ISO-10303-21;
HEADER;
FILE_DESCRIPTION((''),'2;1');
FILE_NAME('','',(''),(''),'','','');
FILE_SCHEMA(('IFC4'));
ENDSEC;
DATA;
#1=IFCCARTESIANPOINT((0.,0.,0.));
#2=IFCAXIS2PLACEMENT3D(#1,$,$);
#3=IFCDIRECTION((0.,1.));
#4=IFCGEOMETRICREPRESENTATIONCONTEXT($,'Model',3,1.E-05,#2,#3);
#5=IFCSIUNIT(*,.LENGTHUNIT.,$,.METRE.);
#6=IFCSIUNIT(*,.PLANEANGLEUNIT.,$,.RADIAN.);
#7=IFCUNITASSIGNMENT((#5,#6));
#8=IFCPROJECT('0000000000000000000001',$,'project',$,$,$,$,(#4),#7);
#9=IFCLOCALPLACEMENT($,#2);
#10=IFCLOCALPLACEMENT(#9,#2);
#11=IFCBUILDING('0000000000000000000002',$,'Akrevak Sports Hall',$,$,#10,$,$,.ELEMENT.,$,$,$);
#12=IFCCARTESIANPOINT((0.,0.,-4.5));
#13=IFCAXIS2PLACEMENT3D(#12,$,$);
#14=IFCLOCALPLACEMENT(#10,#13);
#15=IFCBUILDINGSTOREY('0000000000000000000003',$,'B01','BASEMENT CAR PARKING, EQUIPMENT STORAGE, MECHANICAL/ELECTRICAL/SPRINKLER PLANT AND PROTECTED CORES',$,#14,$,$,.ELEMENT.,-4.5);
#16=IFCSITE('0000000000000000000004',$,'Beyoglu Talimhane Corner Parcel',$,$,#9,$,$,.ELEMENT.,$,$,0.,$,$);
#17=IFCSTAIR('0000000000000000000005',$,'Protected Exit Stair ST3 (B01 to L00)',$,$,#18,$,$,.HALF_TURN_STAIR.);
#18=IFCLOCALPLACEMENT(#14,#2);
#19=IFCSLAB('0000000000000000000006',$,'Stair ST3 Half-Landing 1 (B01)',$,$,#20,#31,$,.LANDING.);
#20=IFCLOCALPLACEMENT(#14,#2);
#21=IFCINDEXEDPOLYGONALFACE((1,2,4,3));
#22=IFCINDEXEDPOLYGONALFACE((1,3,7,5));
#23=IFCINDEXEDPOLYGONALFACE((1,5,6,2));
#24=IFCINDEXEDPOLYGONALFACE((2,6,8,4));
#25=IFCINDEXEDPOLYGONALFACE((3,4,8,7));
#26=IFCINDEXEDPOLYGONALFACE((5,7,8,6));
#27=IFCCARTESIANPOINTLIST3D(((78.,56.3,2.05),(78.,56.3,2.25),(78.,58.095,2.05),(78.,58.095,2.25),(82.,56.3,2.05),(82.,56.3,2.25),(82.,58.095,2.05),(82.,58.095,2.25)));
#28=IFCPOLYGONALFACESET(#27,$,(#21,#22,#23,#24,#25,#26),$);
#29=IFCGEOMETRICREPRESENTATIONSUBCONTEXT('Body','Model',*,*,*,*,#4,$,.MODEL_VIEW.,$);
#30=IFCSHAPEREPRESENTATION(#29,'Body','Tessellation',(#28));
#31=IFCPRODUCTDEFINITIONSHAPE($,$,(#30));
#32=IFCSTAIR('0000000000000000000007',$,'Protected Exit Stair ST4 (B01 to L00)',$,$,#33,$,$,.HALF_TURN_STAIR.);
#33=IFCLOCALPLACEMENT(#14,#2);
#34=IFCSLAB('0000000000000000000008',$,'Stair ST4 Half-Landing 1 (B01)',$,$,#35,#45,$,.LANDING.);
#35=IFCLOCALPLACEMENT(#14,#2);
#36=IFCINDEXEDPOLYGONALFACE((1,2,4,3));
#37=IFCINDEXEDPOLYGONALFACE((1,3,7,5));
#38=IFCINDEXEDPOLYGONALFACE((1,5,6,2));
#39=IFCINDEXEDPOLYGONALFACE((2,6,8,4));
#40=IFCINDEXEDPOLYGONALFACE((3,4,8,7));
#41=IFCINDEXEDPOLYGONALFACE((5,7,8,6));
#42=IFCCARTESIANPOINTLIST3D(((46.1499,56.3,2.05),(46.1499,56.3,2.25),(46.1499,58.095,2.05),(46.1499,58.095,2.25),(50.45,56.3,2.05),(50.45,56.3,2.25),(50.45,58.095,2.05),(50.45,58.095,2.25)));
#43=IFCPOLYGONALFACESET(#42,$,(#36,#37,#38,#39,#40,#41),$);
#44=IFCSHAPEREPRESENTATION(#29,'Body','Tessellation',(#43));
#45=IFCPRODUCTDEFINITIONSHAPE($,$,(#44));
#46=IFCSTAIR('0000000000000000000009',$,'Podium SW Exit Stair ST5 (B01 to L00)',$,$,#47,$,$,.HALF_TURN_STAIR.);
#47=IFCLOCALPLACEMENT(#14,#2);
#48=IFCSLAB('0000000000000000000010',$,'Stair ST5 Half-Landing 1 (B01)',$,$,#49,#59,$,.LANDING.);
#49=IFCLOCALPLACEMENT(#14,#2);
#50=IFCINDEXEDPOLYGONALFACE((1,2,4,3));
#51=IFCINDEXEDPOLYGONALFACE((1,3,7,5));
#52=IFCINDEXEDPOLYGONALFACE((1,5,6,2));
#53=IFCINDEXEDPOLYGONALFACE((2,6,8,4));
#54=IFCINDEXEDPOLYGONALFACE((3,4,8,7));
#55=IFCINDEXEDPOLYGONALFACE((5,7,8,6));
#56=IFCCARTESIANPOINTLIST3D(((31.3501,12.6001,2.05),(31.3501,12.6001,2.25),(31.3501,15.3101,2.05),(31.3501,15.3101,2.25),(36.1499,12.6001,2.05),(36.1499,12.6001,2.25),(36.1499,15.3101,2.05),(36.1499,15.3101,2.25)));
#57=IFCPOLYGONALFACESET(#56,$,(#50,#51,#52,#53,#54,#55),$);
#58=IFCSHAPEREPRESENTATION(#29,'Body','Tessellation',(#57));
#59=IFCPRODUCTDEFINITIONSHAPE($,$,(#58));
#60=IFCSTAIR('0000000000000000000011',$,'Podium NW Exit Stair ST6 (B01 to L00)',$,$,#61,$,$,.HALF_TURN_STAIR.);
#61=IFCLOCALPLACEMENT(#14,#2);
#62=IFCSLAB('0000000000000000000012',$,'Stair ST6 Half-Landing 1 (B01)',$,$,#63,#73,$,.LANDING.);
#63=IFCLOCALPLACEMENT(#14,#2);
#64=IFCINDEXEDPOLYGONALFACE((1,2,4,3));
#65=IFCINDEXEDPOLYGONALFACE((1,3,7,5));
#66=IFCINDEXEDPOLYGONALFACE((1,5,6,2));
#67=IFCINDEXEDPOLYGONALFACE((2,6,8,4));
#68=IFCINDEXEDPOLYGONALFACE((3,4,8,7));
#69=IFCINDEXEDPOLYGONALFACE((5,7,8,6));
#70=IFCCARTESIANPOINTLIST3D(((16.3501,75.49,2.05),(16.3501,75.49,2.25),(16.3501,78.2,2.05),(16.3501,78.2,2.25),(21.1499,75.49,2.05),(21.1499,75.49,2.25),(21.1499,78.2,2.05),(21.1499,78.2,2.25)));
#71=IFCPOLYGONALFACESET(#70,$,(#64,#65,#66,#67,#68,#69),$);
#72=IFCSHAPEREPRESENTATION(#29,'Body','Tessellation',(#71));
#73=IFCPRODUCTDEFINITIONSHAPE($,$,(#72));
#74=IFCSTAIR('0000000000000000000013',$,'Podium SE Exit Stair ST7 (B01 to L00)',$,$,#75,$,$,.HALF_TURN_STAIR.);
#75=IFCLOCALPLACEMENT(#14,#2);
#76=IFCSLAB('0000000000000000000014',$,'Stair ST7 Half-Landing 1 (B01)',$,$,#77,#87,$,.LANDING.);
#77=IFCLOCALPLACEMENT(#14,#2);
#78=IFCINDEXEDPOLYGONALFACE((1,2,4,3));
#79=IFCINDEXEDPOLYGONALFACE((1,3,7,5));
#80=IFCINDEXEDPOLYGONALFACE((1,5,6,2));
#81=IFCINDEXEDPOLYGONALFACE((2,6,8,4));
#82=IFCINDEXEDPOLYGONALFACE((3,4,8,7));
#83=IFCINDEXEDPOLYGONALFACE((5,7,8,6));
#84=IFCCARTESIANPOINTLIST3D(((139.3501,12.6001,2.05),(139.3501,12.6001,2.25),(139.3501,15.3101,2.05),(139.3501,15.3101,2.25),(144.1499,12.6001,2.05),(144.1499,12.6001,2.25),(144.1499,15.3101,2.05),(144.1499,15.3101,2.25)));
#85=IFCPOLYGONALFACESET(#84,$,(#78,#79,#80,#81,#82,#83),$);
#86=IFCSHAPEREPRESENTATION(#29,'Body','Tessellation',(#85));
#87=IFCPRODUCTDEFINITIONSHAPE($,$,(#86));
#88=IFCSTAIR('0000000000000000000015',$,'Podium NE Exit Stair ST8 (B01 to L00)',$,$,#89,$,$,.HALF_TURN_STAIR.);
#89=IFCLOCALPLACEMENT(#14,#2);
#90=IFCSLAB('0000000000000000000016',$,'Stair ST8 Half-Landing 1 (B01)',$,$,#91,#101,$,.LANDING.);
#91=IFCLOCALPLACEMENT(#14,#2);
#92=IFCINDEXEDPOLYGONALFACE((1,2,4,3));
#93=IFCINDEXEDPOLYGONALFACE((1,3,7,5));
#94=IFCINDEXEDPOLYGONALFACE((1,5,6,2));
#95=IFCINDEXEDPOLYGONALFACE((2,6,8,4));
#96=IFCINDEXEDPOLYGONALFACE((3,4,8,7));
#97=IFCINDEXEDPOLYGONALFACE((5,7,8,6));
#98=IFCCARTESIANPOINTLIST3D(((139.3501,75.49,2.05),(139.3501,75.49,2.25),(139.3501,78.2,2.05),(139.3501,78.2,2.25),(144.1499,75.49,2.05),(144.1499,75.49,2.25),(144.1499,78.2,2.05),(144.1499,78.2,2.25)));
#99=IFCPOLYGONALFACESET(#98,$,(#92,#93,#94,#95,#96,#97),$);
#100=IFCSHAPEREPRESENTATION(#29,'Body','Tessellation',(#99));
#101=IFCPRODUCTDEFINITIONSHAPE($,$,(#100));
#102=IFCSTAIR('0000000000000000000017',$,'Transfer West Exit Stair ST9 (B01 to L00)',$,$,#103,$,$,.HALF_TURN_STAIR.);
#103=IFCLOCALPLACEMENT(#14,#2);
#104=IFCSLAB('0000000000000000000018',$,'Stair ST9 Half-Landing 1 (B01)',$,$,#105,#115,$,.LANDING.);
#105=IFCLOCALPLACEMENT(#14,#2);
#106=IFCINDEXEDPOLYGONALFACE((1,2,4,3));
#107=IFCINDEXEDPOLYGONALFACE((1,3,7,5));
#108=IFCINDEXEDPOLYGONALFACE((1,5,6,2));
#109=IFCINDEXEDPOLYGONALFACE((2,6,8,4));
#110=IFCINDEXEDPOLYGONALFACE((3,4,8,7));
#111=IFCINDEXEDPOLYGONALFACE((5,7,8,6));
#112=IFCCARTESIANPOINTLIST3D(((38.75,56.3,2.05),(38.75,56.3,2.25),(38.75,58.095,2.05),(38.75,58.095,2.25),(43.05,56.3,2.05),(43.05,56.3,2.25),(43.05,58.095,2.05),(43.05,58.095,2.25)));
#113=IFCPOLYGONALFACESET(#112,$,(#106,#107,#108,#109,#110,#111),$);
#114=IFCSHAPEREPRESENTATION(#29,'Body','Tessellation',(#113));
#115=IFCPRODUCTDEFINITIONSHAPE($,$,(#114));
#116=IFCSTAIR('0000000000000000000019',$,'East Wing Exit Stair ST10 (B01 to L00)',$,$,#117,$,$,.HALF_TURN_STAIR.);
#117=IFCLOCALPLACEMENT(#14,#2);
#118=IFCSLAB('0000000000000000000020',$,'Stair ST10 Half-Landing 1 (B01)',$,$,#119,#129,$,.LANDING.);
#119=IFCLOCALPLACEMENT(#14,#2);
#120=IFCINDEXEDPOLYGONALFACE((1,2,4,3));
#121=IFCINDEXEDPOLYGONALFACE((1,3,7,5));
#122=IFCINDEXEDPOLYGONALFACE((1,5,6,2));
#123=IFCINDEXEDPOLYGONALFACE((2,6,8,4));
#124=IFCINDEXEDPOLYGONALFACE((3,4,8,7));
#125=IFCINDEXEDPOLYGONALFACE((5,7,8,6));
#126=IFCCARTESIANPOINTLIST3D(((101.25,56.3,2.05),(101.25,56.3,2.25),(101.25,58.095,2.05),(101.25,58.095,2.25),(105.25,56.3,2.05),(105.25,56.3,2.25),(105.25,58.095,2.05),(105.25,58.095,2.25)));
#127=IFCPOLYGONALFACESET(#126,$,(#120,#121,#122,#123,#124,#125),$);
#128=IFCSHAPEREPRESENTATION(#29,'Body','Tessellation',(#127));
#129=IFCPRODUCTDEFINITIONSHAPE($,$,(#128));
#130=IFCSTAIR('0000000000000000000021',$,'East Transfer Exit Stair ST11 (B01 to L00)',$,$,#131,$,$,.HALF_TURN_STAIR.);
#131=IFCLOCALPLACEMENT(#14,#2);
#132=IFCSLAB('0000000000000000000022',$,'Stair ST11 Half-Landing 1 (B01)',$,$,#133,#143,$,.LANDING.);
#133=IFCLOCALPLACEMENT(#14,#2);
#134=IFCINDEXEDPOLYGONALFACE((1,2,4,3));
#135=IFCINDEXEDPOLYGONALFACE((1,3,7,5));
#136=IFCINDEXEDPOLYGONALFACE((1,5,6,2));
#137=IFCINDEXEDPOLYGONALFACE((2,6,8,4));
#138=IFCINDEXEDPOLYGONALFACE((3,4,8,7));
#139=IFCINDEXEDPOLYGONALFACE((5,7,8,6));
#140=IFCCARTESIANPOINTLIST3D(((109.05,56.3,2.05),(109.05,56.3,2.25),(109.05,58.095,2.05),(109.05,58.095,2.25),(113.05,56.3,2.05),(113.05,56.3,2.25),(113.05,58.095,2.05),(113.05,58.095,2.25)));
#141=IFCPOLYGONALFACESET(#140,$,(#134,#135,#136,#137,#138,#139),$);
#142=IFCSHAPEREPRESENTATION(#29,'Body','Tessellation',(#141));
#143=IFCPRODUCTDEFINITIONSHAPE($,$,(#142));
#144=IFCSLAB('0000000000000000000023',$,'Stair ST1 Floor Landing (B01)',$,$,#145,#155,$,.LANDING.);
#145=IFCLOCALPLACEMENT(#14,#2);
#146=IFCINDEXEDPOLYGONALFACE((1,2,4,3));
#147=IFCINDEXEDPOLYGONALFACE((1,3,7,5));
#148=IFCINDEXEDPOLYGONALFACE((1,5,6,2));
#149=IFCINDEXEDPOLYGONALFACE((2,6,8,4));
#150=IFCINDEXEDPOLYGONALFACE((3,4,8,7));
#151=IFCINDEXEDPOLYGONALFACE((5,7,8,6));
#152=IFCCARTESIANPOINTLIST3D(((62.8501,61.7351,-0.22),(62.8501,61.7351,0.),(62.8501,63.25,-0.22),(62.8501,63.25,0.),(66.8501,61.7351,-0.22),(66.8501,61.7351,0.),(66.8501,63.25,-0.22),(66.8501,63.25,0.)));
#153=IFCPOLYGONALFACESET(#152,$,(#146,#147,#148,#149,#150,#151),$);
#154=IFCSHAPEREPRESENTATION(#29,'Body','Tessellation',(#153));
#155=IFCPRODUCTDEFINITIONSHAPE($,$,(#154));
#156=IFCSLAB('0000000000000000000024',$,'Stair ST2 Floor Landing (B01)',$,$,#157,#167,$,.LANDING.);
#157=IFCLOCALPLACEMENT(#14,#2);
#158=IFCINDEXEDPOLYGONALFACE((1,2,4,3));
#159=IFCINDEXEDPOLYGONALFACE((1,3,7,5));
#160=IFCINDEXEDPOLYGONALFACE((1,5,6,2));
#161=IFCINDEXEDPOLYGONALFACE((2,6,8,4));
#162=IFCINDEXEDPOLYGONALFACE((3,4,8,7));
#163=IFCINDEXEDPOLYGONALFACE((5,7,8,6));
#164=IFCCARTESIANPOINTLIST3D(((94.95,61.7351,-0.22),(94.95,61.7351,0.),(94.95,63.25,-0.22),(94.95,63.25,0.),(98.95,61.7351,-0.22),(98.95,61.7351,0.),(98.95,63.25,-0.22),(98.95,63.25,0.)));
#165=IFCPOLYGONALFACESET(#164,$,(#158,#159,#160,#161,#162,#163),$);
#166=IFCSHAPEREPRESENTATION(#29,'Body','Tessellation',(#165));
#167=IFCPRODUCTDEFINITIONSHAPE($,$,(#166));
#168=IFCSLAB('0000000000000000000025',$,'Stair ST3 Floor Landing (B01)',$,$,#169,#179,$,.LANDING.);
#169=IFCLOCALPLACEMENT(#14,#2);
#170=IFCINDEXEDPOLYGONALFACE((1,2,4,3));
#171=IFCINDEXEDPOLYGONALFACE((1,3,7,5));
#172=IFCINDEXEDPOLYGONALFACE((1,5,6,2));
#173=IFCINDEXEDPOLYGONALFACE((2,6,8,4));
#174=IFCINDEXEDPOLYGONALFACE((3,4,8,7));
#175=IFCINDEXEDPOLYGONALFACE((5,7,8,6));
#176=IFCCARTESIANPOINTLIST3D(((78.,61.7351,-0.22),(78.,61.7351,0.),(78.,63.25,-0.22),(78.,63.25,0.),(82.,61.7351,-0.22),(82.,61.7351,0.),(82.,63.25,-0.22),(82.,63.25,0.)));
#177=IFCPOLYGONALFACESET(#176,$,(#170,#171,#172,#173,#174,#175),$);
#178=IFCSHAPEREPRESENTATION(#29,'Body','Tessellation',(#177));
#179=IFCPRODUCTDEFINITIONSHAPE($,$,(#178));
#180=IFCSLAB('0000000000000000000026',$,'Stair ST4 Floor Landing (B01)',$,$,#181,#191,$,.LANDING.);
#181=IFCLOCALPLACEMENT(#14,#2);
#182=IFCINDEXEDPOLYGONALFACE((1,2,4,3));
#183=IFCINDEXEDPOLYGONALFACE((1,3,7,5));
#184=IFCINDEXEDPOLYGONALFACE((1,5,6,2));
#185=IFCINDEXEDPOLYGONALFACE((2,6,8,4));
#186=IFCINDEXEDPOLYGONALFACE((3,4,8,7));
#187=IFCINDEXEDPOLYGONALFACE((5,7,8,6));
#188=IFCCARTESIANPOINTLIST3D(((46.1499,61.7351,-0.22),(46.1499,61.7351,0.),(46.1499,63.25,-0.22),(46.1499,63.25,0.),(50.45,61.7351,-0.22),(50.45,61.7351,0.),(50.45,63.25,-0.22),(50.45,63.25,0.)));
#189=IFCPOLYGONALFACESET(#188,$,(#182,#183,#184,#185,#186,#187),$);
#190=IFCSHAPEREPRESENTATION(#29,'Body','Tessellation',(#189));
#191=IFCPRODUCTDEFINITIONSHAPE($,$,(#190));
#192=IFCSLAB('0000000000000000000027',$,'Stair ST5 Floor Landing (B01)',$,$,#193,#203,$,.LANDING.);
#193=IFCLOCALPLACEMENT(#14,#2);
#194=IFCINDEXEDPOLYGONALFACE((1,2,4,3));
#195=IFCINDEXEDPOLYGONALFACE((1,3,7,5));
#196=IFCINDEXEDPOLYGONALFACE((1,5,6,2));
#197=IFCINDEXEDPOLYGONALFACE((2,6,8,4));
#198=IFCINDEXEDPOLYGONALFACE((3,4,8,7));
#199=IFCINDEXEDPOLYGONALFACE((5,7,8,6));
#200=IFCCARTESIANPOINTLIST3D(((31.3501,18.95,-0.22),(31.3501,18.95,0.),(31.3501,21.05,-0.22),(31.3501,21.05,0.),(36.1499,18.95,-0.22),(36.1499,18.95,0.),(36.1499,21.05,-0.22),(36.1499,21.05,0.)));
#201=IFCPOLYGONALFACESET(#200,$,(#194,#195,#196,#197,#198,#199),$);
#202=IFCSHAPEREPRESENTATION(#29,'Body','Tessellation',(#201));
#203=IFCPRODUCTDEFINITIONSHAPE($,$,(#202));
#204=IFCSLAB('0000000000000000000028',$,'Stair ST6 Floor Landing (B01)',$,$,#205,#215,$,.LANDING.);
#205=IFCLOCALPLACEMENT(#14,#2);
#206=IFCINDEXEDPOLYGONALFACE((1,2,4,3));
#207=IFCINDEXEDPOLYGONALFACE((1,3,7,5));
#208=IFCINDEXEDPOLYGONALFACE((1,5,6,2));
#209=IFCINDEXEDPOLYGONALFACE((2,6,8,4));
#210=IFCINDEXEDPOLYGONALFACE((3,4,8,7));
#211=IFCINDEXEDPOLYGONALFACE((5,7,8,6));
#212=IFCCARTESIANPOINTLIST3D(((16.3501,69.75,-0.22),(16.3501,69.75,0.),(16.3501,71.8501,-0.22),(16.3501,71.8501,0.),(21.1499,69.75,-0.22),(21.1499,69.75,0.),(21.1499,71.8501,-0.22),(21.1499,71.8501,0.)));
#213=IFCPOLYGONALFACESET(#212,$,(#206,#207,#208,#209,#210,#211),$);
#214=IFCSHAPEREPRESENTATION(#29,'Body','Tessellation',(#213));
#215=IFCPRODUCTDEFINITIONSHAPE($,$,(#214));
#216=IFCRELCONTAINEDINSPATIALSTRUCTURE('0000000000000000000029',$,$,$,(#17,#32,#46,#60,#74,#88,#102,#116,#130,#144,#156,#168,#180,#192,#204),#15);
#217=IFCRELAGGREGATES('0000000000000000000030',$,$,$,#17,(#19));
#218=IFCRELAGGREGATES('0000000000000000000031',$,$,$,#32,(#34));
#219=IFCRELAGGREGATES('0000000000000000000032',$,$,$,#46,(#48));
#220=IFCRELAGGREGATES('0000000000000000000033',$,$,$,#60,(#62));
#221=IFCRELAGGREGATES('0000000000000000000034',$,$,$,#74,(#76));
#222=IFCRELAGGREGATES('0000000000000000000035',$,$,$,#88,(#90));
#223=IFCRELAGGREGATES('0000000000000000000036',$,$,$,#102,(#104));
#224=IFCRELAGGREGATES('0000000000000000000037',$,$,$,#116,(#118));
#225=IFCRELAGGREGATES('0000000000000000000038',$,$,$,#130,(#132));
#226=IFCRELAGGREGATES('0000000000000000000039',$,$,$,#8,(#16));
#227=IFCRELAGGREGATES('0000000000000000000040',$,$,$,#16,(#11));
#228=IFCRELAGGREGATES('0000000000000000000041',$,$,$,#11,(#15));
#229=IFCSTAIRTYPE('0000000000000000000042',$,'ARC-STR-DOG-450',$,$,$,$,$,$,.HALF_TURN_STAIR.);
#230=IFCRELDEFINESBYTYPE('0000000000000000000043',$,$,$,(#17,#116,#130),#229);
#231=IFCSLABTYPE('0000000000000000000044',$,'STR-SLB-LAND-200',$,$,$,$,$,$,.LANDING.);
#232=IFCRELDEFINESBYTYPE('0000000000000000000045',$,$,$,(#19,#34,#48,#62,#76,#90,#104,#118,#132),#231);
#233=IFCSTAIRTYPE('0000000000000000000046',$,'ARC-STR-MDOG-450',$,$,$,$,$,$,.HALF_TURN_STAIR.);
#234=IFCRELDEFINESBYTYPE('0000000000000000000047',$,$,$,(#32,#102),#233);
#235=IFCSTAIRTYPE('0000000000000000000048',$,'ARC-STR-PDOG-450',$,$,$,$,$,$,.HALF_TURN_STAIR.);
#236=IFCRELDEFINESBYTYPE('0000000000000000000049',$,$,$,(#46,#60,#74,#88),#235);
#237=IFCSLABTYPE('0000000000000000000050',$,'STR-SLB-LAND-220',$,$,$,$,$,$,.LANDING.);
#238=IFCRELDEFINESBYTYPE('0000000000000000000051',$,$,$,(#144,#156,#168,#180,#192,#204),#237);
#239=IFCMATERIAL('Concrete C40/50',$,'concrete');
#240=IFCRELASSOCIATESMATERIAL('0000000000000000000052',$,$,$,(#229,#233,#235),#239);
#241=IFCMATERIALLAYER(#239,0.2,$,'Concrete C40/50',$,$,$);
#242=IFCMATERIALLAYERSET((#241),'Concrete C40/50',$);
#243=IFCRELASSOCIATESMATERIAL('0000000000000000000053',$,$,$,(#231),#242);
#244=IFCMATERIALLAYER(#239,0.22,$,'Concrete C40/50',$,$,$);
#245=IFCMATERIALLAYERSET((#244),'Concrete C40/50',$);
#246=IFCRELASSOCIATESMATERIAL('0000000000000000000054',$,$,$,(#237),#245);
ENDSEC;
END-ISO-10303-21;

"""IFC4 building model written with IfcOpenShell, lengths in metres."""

from ifc_helpers import new_model, si_unit, direction, frame, origin, place, context, subcontext, project, spatial, polyline, outline, extrude, material, layer, layer_set, type_object, element, aggregate, save


model = new_model("IFC4")

# Units and contexts
model_context = context("Model", 3, precision=1e-05, world=origin(), true_north=direction((0.0, 1.0)))
body_context = subcontext(model_context, "Body", "Model", "MODEL_VIEW")
ifc_project = project(units=[si_unit("LENGTHUNIT", "METRE"), si_unit("PLANEANGLEUNIT", "RADIAN")], contexts=[model_context])

# Site, building, storey
site_placement = place(None, origin())
site = spatial("IfcSite", under=ifc_project, at=site_placement, Name="Beyoglu Talimhane Corner Parcel", CompositionType="ELEMENT", RefElevation=0.0)
building_placement = place(site_placement, origin())
building = spatial("IfcBuilding", under=site, at=building_placement, Name="Akrevak Sports Hall", CompositionType="ELEMENT")
storey_placement = place(building_placement, frame((0.0, 0.0, -4.5)))
storey = spatial("IfcBuildingStorey", under=building, at=storey_placement, Name="B01", Description="BASEMENT CAR PARKING, EQUIPMENT STORAGE, MECHANICAL/ELECTRICAL/SPRINKLER PLANT AND PROTECTED CORES", CompositionType="ELEMENT", Elevation=-4.5)

# Shared definitions
ifc_material = material(Name="Concrete C40/50", Category="concrete")

# Stairs, slabs
stair_type_1 = type_object("IfcStairType", Name="ARC-STR-DOG-450", PredefinedType="HALF_TURN_STAIR", material=ifc_material)
ifc_layer_1 = layer(ifc_material, 0.2, Name="Concrete C40/50")
ifc_layer_set_1 = layer_set([ifc_layer_1], Name="Concrete C40/50")
slab_type_1 = type_object("IfcSlabType", Name="STR-SLB-LAND-200", PredefinedType="LANDING", material=ifc_layer_set_1)
stair_1_placement = place(storey_placement, origin())
stair_1 = element("IfcStair", 1, at=stair_1_placement, inside=storey, type_object=stair_type_1, Name="Protected Exit Stair ST3 (B01 to L00)", PredefinedType="HALF_TURN_STAIR")
slab_1_placement = place(storey_placement, frame((0.0, 0.0, 2.05)))
slab_1 = element("IfcSlab", 2, at=slab_1_placement, type_object=slab_type_1, Name="Stair ST3 Half-Landing 1 (B01)", PredefinedType="LANDING", context=body_context, shape_type="SweptSolid", body=[
    extrude(outline(polyline([(78.0, 56.3), (82.0, 56.3), (82.0, 58.095), (78.0, 58.095), (78.0, 56.3)])), origin(), (0.0, 0.0, 1.0), 0.2),
])
aggregate(stair_1, [slab_1])
stair_type_2 = type_object("IfcStairType", Name="ARC-STR-MDOG-450", PredefinedType="HALF_TURN_STAIR", material=ifc_material)
stair_2_placement = place(storey_placement, origin())
stair_2 = element("IfcStair", 3, at=stair_2_placement, inside=storey, type_object=stair_type_2, Name="Protected Exit Stair ST4 (B01 to L00)", PredefinedType="HALF_TURN_STAIR")
slab_2_placement = place(storey_placement, frame((0.0, 0.0, 2.05)))
slab_2 = element("IfcSlab", 4, at=slab_2_placement, type_object=slab_type_1, Name="Stair ST4 Half-Landing 1 (B01)", PredefinedType="LANDING", context=body_context, shape_type="SweptSolid", body=[
    extrude(outline(polyline([(46.1499, 56.3), (50.45, 56.3), (50.45, 58.095), (46.1499, 58.095), (46.1499, 56.3)])), origin(), (0.0, 0.0, 1.0), 0.2),
])
aggregate(stair_2, [slab_2])
stair_type_3 = type_object("IfcStairType", Name="ARC-STR-PDOG-450", PredefinedType="HALF_TURN_STAIR", material=ifc_material)
stair_3_placement = place(storey_placement, origin())
stair_3 = element("IfcStair", 5, at=stair_3_placement, inside=storey, type_object=stair_type_3, Name="Podium SW Exit Stair ST5 (B01 to L00)", PredefinedType="HALF_TURN_STAIR")
slab_3_placement = place(storey_placement, frame((0.0, 0.0, 2.05)))
slab_3 = element("IfcSlab", 6, at=slab_3_placement, type_object=slab_type_1, Name="Stair ST5 Half-Landing 1 (B01)", PredefinedType="LANDING", context=body_context, shape_type="SweptSolid", body=[
    extrude(outline(polyline([(31.3501, 12.6001), (36.1499, 12.6001), (36.1499, 15.3101), (31.3501, 15.3101), (31.3501, 12.6001)])), origin(), (0.0, 0.0, 1.0), 0.2),
])
aggregate(stair_3, [slab_3])
stair_4_placement = place(storey_placement, origin())
stair_4 = element("IfcStair", 7, at=stair_4_placement, inside=storey, type_object=stair_type_3, Name="Podium NW Exit Stair ST6 (B01 to L00)", PredefinedType="HALF_TURN_STAIR")
slab_4_placement = place(storey_placement, frame((0.0, 0.0, 2.05)))
slab_4 = element("IfcSlab", 8, at=slab_4_placement, type_object=slab_type_1, Name="Stair ST6 Half-Landing 1 (B01)", PredefinedType="LANDING", context=body_context, shape_type="SweptSolid", body=[
    extrude(outline(polyline([(16.3501, 75.49), (21.1499, 75.49), (21.1499, 78.2), (16.3501, 78.2), (16.3501, 75.49)])), origin(), (0.0, 0.0, 1.0), 0.2),
])
aggregate(stair_4, [slab_4])
stair_5_placement = place(storey_placement, origin())
stair_5 = element("IfcStair", 9, at=stair_5_placement, inside=storey, type_object=stair_type_3, Name="Podium SE Exit Stair ST7 (B01 to L00)", PredefinedType="HALF_TURN_STAIR")
slab_5_placement = place(storey_placement, frame((0.0, 0.0, 2.05)))
slab_5 = element("IfcSlab", 10, at=slab_5_placement, type_object=slab_type_1, Name="Stair ST7 Half-Landing 1 (B01)", PredefinedType="LANDING", context=body_context, shape_type="SweptSolid", body=[
    extrude(outline(polyline([(139.3501, 12.6001), (144.1499, 12.6001), (144.1499, 15.3101), (139.3501, 15.3101), (139.3501, 12.6001)])), origin(), (0.0, 0.0, 1.0), 0.2),
])
aggregate(stair_5, [slab_5])
stair_6_placement = place(storey_placement, origin())
stair_6 = element("IfcStair", 11, at=stair_6_placement, inside=storey, type_object=stair_type_3, Name="Podium NE Exit Stair ST8 (B01 to L00)", PredefinedType="HALF_TURN_STAIR")
slab_6_placement = place(storey_placement, frame((0.0, 0.0, 2.05)))
slab_6 = element("IfcSlab", 12, at=slab_6_placement, type_object=slab_type_1, Name="Stair ST8 Half-Landing 1 (B01)", PredefinedType="LANDING", context=body_context, shape_type="SweptSolid", body=[
    extrude(outline(polyline([(139.3501, 75.49), (144.1499, 75.49), (144.1499, 78.2), (139.3501, 78.2), (139.3501, 75.49)])), origin(), (0.0, 0.0, 1.0), 0.2),
])
aggregate(stair_6, [slab_6])
stair_7_placement = place(storey_placement, origin())
stair_7 = element("IfcStair", 13, at=stair_7_placement, inside=storey, type_object=stair_type_2, Name="Transfer West Exit Stair ST9 (B01 to L00)", PredefinedType="HALF_TURN_STAIR")
slab_7_placement = place(storey_placement, frame((0.0, 0.0, 2.05)))
slab_7 = element("IfcSlab", 14, at=slab_7_placement, type_object=slab_type_1, Name="Stair ST9 Half-Landing 1 (B01)", PredefinedType="LANDING", context=body_context, shape_type="SweptSolid", body=[
    extrude(outline(polyline([(38.75, 56.3), (43.05, 56.3), (43.05, 58.095), (38.75, 58.095), (38.75, 56.3)])), origin(), (0.0, 0.0, 1.0), 0.2),
])
aggregate(stair_7, [slab_7])
stair_8_placement = place(storey_placement, origin())
stair_8 = element("IfcStair", 15, at=stair_8_placement, inside=storey, type_object=stair_type_1, Name="East Wing Exit Stair ST10 (B01 to L00)", PredefinedType="HALF_TURN_STAIR")
slab_8_placement = place(storey_placement, frame((0.0, 0.0, 2.05)))
slab_8 = element("IfcSlab", 16, at=slab_8_placement, type_object=slab_type_1, Name="Stair ST10 Half-Landing 1 (B01)", PredefinedType="LANDING", context=body_context, shape_type="SweptSolid", body=[
    extrude(outline(polyline([(101.25, 56.3), (105.25, 56.3), (105.25, 58.095), (101.25, 58.095), (101.25, 56.3)])), origin(), (0.0, 0.0, 1.0), 0.2),
])
aggregate(stair_8, [slab_8])
stair_9_placement = place(storey_placement, origin())
stair_9 = element("IfcStair", 17, at=stair_9_placement, inside=storey, type_object=stair_type_1, Name="East Transfer Exit Stair ST11 (B01 to L00)", PredefinedType="HALF_TURN_STAIR")
slab_9_placement = place(storey_placement, frame((0.0, 0.0, 2.05)))
slab_9 = element("IfcSlab", 18, at=slab_9_placement, type_object=slab_type_1, Name="Stair ST11 Half-Landing 1 (B01)", PredefinedType="LANDING", context=body_context, shape_type="SweptSolid", body=[
    extrude(outline(polyline([(109.05, 56.3), (113.05, 56.3), (113.05, 58.095), (109.05, 58.095), (109.05, 56.3)])), origin(), (0.0, 0.0, 1.0), 0.2),
])
aggregate(stair_9, [slab_9])

# Slabs
ifc_layer_2 = layer(ifc_material, 0.22, Name="Concrete C40/50")
ifc_layer_set_2 = layer_set([ifc_layer_2], Name="Concrete C40/50")
slab_type_2 = type_object("IfcSlabType", Name="STR-SLB-LAND-220", PredefinedType="LANDING", material=ifc_layer_set_2)
slab_10_placement = place(storey_placement, frame((0.0, 0.0, -0.22)))
element("IfcSlab", 19, at=slab_10_placement, inside=storey, type_object=slab_type_2, Name="Stair ST1 Floor Landing (B01)", PredefinedType="LANDING", context=body_context, shape_type="SweptSolid", body=[
    extrude(outline(polyline([(62.8501, 61.7351), (66.8501, 61.7351), (66.8501, 63.25), (62.8501, 63.25), (62.8501, 61.7351)])), origin(), (0.0, 0.0, 1.0), 0.22),
])
slab_11_placement = place(storey_placement, frame((0.0, 0.0, -0.22)))
element("IfcSlab", 20, at=slab_11_placement, inside=storey, type_object=slab_type_2, Name="Stair ST2 Floor Landing (B01)", PredefinedType="LANDING", context=body_context, shape_type="SweptSolid", body=[
    extrude(outline(polyline([(94.95, 61.7351), (98.95, 61.7351), (98.95, 63.25), (94.95, 63.25), (94.95, 61.7351)])), origin(), (0.0, 0.0, 1.0), 0.22),
])
slab_12_placement = place(storey_placement, frame((0.0, 0.0, -0.22)))
element("IfcSlab", 21, at=slab_12_placement, inside=storey, type_object=slab_type_2, Name="Stair ST3 Floor Landing (B01)", PredefinedType="LANDING", context=body_context, shape_type="SweptSolid", body=[
    extrude(outline(polyline([(78.0, 61.7351), (82.0, 61.7351), (82.0, 63.25), (78.0, 63.25), (78.0, 61.7351)])), origin(), (0.0, 0.0, 1.0), 0.22),
])
slab_13_placement = place(storey_placement, frame((0.0, 0.0, -0.22)))
element("IfcSlab", 22, at=slab_13_placement, inside=storey, type_object=slab_type_2, Name="Stair ST4 Floor Landing (B01)", PredefinedType="LANDING", context=body_context, shape_type="SweptSolid", body=[
    extrude(outline(polyline([(46.1499, 61.7351), (50.45, 61.7351), (50.45, 63.25), (46.1499, 63.25), (46.1499, 61.7351)])), origin(), (0.0, 0.0, 1.0), 0.22),
])
slab_14_placement = place(storey_placement, frame((0.0, 0.0, -0.22)))
element("IfcSlab", 23, at=slab_14_placement, inside=storey, type_object=slab_type_2, Name="Stair ST5 Floor Landing (B01)", PredefinedType="LANDING", context=body_context, shape_type="SweptSolid", body=[
    extrude(outline(polyline([(31.3501, 18.95), (36.1499, 18.95), (36.1499, 21.05), (31.3501, 21.05), (31.3501, 18.95)])), origin(), (0.0, 0.0, 1.0), 0.22),
])
slab_15_placement = place(storey_placement, frame((0.0, 0.0, -0.22)))
element("IfcSlab", 24, at=slab_15_placement, inside=storey, type_object=slab_type_2, Name="Stair ST6 Floor Landing (B01)", PredefinedType="LANDING", context=body_context, shape_type="SweptSolid", body=[
    extrude(outline(polyline([(16.3501, 69.75), (21.1499, 69.75), (21.1499, 71.8501), (16.3501, 71.8501), (16.3501, 69.75)])), origin(), (0.0, 0.0, 1.0), 0.22),
])

save(model, "model.ifc")
